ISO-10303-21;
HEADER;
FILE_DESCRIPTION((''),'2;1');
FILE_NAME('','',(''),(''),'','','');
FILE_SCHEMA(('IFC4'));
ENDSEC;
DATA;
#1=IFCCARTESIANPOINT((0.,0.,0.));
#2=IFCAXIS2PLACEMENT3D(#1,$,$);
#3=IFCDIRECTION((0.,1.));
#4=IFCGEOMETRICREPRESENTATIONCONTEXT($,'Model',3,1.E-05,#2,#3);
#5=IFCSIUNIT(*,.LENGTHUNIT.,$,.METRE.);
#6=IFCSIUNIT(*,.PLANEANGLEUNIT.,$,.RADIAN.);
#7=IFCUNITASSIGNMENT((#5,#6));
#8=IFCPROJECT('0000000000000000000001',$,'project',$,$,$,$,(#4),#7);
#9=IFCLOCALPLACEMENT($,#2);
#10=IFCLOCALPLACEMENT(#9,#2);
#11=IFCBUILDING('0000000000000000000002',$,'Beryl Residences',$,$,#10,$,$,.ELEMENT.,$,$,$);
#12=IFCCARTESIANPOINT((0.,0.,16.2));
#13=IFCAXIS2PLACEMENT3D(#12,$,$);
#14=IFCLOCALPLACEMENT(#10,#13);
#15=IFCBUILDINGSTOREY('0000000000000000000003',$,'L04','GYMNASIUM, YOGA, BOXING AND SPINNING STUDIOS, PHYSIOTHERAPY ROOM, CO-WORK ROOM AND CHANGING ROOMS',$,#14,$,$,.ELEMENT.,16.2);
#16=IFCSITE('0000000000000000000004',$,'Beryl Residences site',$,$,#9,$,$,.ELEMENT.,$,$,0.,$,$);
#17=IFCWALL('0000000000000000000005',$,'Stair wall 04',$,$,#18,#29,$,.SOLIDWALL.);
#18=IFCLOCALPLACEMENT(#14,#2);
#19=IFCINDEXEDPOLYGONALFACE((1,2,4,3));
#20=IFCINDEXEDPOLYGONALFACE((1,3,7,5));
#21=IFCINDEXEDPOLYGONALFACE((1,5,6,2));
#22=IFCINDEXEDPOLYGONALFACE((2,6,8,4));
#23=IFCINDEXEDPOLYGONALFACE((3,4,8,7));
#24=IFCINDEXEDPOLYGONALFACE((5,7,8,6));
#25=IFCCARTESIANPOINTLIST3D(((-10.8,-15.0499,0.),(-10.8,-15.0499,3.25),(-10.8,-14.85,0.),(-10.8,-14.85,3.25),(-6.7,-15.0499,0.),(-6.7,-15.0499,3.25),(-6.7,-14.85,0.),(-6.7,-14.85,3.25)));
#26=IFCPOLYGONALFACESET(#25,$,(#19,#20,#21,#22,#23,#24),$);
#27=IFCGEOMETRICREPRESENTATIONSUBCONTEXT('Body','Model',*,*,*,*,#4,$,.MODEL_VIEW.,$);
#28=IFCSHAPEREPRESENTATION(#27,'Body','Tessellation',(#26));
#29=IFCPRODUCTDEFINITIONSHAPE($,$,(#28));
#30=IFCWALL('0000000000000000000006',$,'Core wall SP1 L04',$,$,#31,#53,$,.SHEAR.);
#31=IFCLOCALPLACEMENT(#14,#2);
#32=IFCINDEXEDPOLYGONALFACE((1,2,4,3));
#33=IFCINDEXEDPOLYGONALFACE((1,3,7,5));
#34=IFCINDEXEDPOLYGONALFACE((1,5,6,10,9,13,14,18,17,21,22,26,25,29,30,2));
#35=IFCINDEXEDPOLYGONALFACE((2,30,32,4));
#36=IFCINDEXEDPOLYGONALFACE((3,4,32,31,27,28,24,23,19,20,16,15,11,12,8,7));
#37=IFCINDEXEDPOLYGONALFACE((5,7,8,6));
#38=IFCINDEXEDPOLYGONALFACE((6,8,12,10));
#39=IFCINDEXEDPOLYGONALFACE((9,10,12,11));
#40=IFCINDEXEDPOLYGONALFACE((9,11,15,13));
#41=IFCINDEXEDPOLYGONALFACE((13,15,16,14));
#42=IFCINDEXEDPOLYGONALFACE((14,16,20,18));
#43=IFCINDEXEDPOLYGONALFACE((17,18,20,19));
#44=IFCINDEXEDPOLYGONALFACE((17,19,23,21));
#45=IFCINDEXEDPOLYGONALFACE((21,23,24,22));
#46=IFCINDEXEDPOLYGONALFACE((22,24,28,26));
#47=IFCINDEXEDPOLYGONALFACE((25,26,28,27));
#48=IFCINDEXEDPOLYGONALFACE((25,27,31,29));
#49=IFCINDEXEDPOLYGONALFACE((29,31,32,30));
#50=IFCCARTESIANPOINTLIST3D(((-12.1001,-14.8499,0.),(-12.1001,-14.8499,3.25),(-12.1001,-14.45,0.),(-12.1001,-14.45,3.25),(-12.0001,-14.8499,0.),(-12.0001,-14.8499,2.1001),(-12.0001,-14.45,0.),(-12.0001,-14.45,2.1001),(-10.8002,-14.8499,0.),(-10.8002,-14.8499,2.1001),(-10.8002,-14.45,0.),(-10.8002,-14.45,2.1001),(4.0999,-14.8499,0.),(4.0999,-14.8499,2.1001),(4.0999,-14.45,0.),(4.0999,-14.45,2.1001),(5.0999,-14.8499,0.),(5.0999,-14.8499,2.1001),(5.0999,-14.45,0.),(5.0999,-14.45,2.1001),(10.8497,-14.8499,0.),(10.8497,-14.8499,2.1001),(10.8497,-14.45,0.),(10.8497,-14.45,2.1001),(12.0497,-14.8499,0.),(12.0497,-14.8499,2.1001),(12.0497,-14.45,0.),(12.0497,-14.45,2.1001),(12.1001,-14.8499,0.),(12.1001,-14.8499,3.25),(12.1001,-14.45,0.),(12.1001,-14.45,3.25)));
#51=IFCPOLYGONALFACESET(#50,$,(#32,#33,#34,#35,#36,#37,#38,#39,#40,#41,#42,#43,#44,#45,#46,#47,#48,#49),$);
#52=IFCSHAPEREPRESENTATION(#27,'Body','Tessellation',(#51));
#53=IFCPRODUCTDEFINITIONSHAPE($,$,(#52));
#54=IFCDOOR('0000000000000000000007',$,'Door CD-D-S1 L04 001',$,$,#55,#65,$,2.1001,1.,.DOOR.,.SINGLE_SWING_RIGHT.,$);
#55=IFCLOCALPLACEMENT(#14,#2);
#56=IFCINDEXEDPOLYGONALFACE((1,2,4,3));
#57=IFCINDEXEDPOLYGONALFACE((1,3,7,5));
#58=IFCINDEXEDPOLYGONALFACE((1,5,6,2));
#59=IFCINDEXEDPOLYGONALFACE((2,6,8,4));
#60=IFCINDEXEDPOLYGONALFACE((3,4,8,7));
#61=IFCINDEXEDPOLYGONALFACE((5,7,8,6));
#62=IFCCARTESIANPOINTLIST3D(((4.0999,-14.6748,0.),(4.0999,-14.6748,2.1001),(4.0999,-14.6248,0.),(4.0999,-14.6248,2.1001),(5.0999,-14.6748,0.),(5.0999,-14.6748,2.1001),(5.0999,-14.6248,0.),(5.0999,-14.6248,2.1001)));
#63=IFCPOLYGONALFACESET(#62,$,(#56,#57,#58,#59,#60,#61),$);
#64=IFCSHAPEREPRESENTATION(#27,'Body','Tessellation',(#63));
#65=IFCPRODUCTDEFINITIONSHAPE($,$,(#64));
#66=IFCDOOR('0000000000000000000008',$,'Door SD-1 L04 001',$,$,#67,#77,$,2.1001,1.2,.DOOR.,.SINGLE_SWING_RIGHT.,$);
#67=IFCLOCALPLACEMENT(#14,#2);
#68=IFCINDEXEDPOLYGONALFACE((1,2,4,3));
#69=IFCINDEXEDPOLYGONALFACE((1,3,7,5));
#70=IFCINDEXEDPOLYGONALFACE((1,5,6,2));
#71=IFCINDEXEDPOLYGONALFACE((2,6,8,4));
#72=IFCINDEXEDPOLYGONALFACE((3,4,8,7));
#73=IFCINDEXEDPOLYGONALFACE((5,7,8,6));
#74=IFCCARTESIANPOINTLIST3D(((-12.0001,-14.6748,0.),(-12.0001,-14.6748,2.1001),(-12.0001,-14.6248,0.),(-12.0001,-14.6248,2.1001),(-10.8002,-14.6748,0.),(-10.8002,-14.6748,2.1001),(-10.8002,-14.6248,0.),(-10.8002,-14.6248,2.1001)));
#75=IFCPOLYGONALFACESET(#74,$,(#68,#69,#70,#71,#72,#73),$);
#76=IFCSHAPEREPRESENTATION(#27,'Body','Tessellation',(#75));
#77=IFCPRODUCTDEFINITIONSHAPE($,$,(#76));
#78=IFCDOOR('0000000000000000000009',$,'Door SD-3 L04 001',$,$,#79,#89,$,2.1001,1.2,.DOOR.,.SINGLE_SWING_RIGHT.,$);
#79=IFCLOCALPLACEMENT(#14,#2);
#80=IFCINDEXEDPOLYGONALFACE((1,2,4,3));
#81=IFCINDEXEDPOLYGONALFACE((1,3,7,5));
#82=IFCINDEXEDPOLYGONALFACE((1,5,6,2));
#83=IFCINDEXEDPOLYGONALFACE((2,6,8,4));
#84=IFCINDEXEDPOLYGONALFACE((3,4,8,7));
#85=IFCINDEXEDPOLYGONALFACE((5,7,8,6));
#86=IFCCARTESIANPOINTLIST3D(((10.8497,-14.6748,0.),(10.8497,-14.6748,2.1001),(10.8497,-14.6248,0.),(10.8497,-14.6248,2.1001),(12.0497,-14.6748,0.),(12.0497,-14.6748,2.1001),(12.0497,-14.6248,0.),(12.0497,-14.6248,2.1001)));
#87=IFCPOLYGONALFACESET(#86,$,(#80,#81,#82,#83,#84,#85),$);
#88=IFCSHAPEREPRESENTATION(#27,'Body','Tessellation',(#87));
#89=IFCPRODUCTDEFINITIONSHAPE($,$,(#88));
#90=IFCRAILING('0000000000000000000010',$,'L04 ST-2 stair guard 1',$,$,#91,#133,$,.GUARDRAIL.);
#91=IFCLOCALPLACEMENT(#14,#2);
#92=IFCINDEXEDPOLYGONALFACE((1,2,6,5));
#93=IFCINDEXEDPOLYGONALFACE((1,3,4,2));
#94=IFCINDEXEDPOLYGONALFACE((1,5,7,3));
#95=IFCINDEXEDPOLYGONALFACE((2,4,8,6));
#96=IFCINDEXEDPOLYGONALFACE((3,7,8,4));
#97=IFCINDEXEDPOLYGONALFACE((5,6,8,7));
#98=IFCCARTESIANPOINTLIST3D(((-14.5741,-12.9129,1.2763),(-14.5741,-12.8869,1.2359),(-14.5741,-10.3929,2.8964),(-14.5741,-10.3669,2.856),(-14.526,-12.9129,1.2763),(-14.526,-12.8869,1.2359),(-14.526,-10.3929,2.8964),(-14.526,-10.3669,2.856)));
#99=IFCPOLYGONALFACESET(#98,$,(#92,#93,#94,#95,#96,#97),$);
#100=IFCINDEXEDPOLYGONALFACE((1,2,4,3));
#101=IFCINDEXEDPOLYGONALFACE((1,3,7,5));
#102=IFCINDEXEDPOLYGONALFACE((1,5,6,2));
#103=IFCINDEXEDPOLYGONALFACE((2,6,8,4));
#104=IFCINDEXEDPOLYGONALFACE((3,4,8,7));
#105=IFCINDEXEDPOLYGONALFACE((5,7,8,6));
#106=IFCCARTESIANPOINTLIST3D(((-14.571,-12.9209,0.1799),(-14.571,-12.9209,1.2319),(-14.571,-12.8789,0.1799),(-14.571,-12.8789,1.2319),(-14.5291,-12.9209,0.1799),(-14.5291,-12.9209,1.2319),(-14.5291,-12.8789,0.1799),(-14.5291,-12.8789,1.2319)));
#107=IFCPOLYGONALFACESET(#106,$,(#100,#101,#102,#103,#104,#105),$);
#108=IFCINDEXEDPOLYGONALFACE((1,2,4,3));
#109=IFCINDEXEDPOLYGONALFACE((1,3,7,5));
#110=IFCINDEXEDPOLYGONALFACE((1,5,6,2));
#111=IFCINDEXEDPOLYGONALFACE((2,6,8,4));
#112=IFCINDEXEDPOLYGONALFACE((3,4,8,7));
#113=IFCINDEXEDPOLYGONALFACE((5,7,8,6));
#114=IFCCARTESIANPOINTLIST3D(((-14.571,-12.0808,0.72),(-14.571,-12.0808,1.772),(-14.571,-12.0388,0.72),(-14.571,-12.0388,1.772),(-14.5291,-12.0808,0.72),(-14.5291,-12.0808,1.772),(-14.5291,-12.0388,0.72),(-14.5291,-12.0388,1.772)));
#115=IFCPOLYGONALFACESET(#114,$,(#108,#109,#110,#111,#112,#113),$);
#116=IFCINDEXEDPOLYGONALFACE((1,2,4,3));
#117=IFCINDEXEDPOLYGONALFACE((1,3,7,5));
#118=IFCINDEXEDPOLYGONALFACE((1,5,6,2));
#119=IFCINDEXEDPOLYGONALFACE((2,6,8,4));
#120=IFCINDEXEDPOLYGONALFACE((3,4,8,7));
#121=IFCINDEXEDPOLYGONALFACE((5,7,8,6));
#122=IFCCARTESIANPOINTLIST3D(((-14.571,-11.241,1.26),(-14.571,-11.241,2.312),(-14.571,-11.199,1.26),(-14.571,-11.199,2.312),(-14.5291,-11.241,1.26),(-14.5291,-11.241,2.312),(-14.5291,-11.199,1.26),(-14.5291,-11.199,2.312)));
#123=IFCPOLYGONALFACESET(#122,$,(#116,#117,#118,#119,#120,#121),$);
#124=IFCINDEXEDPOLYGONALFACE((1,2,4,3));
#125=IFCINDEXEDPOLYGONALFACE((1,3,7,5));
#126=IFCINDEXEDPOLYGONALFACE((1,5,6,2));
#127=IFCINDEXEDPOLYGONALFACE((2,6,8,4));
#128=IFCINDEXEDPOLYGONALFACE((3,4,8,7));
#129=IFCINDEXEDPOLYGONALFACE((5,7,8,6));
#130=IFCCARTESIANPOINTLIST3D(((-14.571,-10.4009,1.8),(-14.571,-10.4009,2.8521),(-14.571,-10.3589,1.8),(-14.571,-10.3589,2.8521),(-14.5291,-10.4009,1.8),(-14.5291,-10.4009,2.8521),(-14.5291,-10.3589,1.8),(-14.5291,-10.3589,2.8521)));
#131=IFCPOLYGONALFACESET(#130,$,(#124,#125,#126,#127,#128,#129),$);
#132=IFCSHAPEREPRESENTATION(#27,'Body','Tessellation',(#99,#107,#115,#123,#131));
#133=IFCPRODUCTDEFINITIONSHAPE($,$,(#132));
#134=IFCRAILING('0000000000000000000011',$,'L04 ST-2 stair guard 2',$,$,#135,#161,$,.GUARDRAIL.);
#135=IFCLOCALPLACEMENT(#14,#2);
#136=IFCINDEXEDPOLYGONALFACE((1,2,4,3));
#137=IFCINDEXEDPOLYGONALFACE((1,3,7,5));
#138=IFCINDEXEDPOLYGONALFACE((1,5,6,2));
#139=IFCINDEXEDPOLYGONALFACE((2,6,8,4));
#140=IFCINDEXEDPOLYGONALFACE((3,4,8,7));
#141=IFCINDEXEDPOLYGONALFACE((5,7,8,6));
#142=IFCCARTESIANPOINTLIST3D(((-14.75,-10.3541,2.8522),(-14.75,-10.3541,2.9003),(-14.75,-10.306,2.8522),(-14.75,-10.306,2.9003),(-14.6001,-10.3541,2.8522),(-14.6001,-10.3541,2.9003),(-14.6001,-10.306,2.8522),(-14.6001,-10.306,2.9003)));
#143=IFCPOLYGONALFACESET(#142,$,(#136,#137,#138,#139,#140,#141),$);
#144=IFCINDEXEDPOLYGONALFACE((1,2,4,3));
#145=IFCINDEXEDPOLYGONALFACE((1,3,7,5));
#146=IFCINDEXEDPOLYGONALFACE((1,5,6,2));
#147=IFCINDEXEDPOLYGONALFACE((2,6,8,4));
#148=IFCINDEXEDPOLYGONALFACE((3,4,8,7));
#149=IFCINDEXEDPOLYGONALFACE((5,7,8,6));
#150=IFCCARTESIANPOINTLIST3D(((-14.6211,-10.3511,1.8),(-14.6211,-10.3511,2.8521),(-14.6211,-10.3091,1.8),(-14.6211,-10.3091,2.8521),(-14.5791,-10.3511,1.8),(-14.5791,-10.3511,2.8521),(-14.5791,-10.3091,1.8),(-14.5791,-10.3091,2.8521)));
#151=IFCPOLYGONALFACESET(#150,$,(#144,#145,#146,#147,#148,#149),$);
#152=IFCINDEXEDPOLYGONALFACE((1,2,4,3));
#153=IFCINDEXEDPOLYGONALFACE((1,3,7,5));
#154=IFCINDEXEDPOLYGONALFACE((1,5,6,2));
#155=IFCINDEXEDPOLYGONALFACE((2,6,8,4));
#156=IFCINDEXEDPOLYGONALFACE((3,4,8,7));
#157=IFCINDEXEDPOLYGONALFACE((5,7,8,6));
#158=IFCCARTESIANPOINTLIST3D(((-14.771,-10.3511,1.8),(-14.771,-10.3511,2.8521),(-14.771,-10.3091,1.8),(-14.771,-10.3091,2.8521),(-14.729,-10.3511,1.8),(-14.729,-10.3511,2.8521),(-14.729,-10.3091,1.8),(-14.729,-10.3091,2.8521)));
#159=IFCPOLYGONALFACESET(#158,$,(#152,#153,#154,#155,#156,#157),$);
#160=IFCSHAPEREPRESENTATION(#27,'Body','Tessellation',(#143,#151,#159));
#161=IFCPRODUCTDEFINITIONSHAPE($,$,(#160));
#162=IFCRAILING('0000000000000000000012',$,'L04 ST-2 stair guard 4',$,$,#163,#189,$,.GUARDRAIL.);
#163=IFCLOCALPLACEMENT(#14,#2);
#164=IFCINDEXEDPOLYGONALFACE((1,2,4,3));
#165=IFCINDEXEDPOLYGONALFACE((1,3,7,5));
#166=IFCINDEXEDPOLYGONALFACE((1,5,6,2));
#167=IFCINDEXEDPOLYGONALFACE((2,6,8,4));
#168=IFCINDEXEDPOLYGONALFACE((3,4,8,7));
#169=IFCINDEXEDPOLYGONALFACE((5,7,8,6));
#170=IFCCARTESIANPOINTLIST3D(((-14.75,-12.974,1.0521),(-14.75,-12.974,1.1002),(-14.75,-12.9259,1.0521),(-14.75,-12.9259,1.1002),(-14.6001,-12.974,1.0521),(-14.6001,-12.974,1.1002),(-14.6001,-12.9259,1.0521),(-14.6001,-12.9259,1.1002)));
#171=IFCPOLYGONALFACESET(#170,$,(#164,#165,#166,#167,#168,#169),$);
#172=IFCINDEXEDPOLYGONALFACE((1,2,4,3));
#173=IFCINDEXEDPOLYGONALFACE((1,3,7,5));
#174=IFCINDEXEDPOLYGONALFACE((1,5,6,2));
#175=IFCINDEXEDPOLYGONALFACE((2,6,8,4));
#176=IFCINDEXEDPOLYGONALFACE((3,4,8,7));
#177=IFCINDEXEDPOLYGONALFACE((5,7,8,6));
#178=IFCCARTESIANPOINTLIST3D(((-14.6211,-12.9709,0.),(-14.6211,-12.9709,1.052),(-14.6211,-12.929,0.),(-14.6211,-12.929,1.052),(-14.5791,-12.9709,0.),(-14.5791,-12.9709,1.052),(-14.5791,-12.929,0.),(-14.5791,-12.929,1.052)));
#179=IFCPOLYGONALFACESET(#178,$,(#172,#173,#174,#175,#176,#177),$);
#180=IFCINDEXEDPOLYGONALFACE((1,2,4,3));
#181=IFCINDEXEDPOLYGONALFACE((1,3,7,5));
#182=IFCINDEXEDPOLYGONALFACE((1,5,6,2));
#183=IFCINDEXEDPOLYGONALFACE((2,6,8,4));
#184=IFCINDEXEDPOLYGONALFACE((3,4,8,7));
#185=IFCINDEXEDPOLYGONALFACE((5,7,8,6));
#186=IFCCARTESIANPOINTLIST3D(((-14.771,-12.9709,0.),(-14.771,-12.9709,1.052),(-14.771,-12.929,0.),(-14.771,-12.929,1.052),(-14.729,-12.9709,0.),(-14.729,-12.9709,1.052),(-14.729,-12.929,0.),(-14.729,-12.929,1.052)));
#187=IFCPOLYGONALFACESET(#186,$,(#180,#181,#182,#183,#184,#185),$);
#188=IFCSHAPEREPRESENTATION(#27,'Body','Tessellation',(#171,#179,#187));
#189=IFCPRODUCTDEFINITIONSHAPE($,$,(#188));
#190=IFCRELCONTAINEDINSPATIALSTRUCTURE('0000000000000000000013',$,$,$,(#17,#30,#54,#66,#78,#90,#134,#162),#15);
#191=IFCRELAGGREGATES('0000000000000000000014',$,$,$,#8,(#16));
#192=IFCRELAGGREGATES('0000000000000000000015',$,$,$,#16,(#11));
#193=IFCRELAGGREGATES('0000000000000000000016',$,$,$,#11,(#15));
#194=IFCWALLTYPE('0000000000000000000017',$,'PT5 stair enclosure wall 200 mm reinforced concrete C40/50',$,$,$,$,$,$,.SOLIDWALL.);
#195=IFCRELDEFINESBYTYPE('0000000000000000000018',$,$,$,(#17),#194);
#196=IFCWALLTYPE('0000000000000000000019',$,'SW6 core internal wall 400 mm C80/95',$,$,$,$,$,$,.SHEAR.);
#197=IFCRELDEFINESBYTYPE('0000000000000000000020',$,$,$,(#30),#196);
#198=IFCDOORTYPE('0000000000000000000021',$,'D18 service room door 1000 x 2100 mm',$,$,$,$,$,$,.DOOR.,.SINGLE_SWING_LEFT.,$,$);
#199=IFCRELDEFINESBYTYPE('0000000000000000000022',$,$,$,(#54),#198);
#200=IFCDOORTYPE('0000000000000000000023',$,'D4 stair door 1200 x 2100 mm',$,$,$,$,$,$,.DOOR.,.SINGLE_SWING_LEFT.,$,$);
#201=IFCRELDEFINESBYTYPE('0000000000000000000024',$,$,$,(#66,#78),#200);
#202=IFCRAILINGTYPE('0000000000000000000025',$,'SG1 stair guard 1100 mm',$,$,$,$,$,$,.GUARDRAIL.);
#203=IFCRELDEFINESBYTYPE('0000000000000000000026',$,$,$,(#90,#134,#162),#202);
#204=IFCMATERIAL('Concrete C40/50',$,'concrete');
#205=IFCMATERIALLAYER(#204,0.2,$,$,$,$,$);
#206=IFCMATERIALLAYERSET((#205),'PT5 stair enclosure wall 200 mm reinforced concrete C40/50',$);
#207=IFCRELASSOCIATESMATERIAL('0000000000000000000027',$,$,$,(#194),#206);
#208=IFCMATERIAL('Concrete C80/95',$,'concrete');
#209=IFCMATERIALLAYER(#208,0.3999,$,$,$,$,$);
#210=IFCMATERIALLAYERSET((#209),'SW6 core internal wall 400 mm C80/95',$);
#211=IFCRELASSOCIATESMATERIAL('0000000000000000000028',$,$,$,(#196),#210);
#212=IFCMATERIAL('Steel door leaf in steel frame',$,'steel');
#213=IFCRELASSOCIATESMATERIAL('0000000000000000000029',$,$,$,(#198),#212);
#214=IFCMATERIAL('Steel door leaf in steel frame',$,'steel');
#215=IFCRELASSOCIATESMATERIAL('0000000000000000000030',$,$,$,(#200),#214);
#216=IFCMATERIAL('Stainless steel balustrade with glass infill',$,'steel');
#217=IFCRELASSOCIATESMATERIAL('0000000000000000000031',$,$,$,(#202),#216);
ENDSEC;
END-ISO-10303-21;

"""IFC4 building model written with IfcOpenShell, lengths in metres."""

from ifc_helpers import new_model, si_unit, direction, frame, frame_2d, origin, origin_2d, place, context, subcontext, project, spatial, rectangle, extrude, material, layer, layer_set, type_object, element, fill, save


model = new_model("IFC4")

# Units and contexts
model_context = context("Model", 3, precision=1e-05, world=origin(), true_north=direction((0.0, 1.0)))
body_context = subcontext(model_context, "Body", "Model", "MODEL_VIEW")
ifc_project = project(units=[si_unit("LENGTHUNIT", "METRE"), si_unit("PLANEANGLEUNIT", "RADIAN")], contexts=[model_context])

# Site, building, storey
site_placement = place(None, origin())
site = spatial("IfcSite", under=ifc_project, at=site_placement, Name="Beryl Residences site", CompositionType="ELEMENT", RefElevation=0.0)
building_placement = place(site_placement, origin())
building = spatial("IfcBuilding", under=site, at=building_placement, Name="Beryl Residences", CompositionType="ELEMENT")
storey_placement = place(building_placement, frame((0.0, 0.0, 16.2)))
storey = spatial("IfcBuildingStorey", under=building, at=storey_placement, Name="L04", Description="GYMNASIUM, YOGA, BOXING AND SPINNING STUDIOS, PHYSIOTHERAPY ROOM, CO-WORK ROOM AND CHANGING ROOMS", CompositionType="ELEMENT", Elevation=16.2)

# Wall
ifc_material_1 = material(Name="Concrete C40/50", Category="concrete")
ifc_layer_1 = layer(ifc_material_1, 0.2)
ifc_layer_set_1 = layer_set([ifc_layer_1], Name="PT5 stair enclosure wall 200 mm reinforced concrete C40/50")
wall_type_1 = type_object("IfcWallType", Name="PT5 stair enclosure wall 200 mm reinforced concrete C40/50", PredefinedType="SOLIDWALL", material=ifc_layer_set_1)
wall_1_placement = place(storey_placement, frame((-10.8, -14.95, 0.0), z_axis=(0.0, 0.0, 1.0), x_axis=(1.0, 0.0, 0.0)))
element("IfcWall", 1, at=wall_1_placement, inside=storey, type_object=wall_type_1, Name="Stair wall 04", PredefinedType="SOLIDWALL", context=body_context, shape_type="SweptSolid", body=[
    extrude(rectangle(XDim=4.1001, YDim=0.2, at=frame_2d((2.05, 0.0))), origin(), (0.0, 0.0, 1.0), 3.25),
])

# Wall, openings, doors
ifc_material_2 = material(Name="Concrete C80/95", Category="concrete")
ifc_layer_2 = layer(ifc_material_2, 0.3999)
ifc_layer_set_2 = layer_set([ifc_layer_2], Name="SW6 core internal wall 400 mm C80/95")
wall_type_2 = type_object("IfcWallType", Name="SW6 core internal wall 400 mm C80/95", PredefinedType="SHEAR", material=ifc_layer_set_2)
wall_2_placement = place(storey_placement, frame((-12.1001, -14.6499, 0.0), z_axis=(0.0, 0.0, 1.0), x_axis=(1.0, 0.0, 0.0)))
wall_2 = element("IfcWall", 2, at=wall_2_placement, inside=storey, type_object=wall_type_2, Name="Core wall SP1 L04", PredefinedType="SHEAR", context=body_context, shape_type="SweptSolid", body=[
    extrude(rectangle(XDim=24.2002, YDim=0.3999, at=frame_2d((12.1001, 0.0))), origin(), (0.0, 0.0, 1.0), 3.25),
])
opening_1_placement = place(wall_2_placement, frame((1.3, 0.0, 0.0), z_axis=(0.0, 0.0, 1.0), x_axis=(-1.0, 0.0, 0.0)))
opening_1 = element("IfcOpeningElement", 3, at=opening_1_placement, cuts=wall_2, PredefinedType="OPENING", context=body_context, shape_type="SweptSolid", body=[
    extrude(rectangle(XDim=1.2, YDim=2.1001, at=frame_2d((0.6001, 1.05))), frame((0.0, 0.21, 0.0), z_axis=(0.0, -1.0, 0.0), x_axis=(1.0, 0.0, 0.0)), (0.0, 0.0, 1.0), 0.4199),
])
opening_2_placement = place(wall_2_placement, frame((24.1499, 0.0, 0.0), z_axis=(0.0, 0.0, 1.0), x_axis=(-1.0, 0.0, 0.0)))
opening_2 = element("IfcOpeningElement", 4, at=opening_2_placement, cuts=wall_2, PredefinedType="OPENING", context=body_context, shape_type="SweptSolid", body=[
    extrude(rectangle(XDim=1.2, YDim=2.1001, at=frame_2d((0.6001, 1.05))), frame((0.0, 0.21, 0.0), z_axis=(0.0, -1.0, 0.0), x_axis=(1.0, 0.0, 0.0)), (0.0, 0.0, 1.0), 0.4199),
])
opening_3_placement = place(wall_2_placement, frame((17.2, 0.0, 0.0), z_axis=(0.0, 0.0, 1.0), x_axis=(-1.0, 0.0, 0.0)))
opening_3 = element("IfcOpeningElement", 5, at=opening_3_placement, cuts=wall_2, PredefinedType="OPENING", context=body_context, shape_type="SweptSolid", body=[
    extrude(rectangle(XDim=1.0, YDim=2.1001, at=frame_2d((0.5, 1.05))), frame((0.0, 0.21, 0.0), z_axis=(0.0, -1.0, 0.0), x_axis=(1.0, 0.0, 0.0)), (0.0, 0.0, 1.0), 0.4199),
])
ifc_material_3 = material(Name="Steel door leaf in steel frame", Category="steel")
door_type_1 = type_object("IfcDoorType", Name="D18 service room door 1000 x 2100 mm", OperationType="SINGLE_SWING_LEFT", PredefinedType="DOOR", material=ifc_material_3)
door_1_placement = place(opening_3_placement, origin())
door_1 = element("IfcDoor", 6, at=door_1_placement, inside=storey, type_object=door_type_1, Name="Door CD-D-S1 L04 001", OperationType="SINGLE_SWING_RIGHT", OverallHeight=2.1001, OverallWidth=1.0, PredefinedType="DOOR", context=body_context, shape_type="SweptSolid", body=[
    extrude(rectangle(XDim=1.0, YDim=2.1001, at=frame_2d((0.5, 1.05))), frame((0.0, 0.0249, 0.0), z_axis=(0.0, -1.0, 0.0), x_axis=(1.0, 0.0, 0.0)), (0.0, 0.0, 1.0), 0.05),
])
fill(opening_3, door_1)
ifc_material_4 = material(Name="Steel door leaf in steel frame", Category="steel")
door_type_2 = type_object("IfcDoorType", Name="D4 stair door 1200 x 2100 mm", OperationType="SINGLE_SWING_LEFT", PredefinedType="DOOR", material=ifc_material_4)
door_2_placement = place(opening_1_placement, origin())
door_2 = element("IfcDoor", 7, at=door_2_placement, inside=storey, type_object=door_type_2, Name="Door SD-1 L04 001", OperationType="SINGLE_SWING_RIGHT", OverallHeight=2.1001, OverallWidth=1.2, PredefinedType="DOOR", context=body_context, shape_type="SweptSolid", body=[
    extrude(rectangle(XDim=1.2, YDim=2.1001, at=frame_2d((0.6001, 1.05))), frame((0.0, 0.0249, 0.0), z_axis=(0.0, -1.0, 0.0), x_axis=(1.0, 0.0, 0.0)), (0.0, 0.0, 1.0), 0.05),
])
fill(opening_1, door_2)
door_3_placement = place(opening_2_placement, origin())
door_3 = element("IfcDoor", 8, at=door_3_placement, inside=storey, type_object=door_type_2, Name="Door SD-3 L04 001", OperationType="SINGLE_SWING_RIGHT", OverallHeight=2.1001, OverallWidth=1.2, PredefinedType="DOOR", context=body_context, shape_type="SweptSolid", body=[
    extrude(rectangle(XDim=1.2, YDim=2.1001, at=frame_2d((0.6001, 1.05))), frame((0.0, 0.0249, 0.0), z_axis=(0.0, -1.0, 0.0), x_axis=(1.0, 0.0, 0.0)), (0.0, 0.0, 1.0), 0.05),
])
fill(opening_2, door_3)

# Railings
ifc_material_5 = material(Name="Stainless steel balustrade with glass infill", Category="steel")
railing_type_1 = type_object("IfcRailingType", Name="SG1 stair guard 1100 mm", PredefinedType="GUARDRAIL", material=ifc_material_5)
railing_1_placement = place(storey_placement, frame((-14.55, -12.8999, 0.1799)))
element("IfcRailing", 9, at=railing_1_placement, inside=storey, type_object=railing_type_1, Name="L04 ST-2 stair guard 1", PredefinedType="GUARDRAIL", context=body_context, shape_type="SweptSolid", body=[
    extrude(rectangle(XDim=0.0481, YDim=0.0481, at=origin_2d()), frame((0.0, 0.0, 1.0762), z_axis=(0.0, 0.841163, 0.540782), x_axis=(-1.0, 0.0, 0.0)), (0.0, 0.0, 1.0), 2.9958),
    extrude(rectangle(XDim=0.042, YDim=0.042, at=origin_2d()), origin(), (0.0, 0.0, 1.0), 1.052),
    extrude(rectangle(XDim=0.042, YDim=0.042, at=origin_2d()), frame((0.0, 0.8401, 0.54)), (0.0, 0.0, 1.0), 1.052),
    extrude(rectangle(XDim=0.042, YDim=0.042, at=origin_2d()), frame((0.0, 1.6799, 1.0801)), (0.0, 0.0, 1.0), 1.052),
    extrude(rectangle(XDim=0.042, YDim=0.042, at=origin_2d()), frame((0.0, 2.52, 1.6201)), (0.0, 0.0, 1.0), 1.052),
])
for number, where, name in (
    (10, (-14.6001, -10.3301, 1.8), "L04 ST-2 stair guard 2"),
    (11, (-14.6001, -12.95, 0.0), "L04 ST-2 stair guard 4"),
):
    element("IfcRailing", number, at=place(storey_placement, frame(where)), inside=storey, type_object=railing_type_1, Name=name, PredefinedType="GUARDRAIL", context=body_context, shape_type="SweptSolid", body=[
        extrude(rectangle(XDim=0.0481, YDim=0.0481, at=origin_2d()), frame((0.0, 0.0, 1.0762), z_axis=(-1.0, 0.0, 0.0), x_axis=(0.0, -1.0, 0.0)), (0.0, 0.0, 1.0), 0.1499),
        extrude(rectangle(XDim=0.042, YDim=0.042, at=origin_2d()), origin(), (0.0, 0.0, 1.0), 1.052),
        extrude(rectangle(XDim=0.042, YDim=0.042, at=origin_2d()), frame((-0.1499, 0.0, 0.0)), (0.0, 0.0, 1.0), 1.052),
    ])

save(model, "model.ifc")
